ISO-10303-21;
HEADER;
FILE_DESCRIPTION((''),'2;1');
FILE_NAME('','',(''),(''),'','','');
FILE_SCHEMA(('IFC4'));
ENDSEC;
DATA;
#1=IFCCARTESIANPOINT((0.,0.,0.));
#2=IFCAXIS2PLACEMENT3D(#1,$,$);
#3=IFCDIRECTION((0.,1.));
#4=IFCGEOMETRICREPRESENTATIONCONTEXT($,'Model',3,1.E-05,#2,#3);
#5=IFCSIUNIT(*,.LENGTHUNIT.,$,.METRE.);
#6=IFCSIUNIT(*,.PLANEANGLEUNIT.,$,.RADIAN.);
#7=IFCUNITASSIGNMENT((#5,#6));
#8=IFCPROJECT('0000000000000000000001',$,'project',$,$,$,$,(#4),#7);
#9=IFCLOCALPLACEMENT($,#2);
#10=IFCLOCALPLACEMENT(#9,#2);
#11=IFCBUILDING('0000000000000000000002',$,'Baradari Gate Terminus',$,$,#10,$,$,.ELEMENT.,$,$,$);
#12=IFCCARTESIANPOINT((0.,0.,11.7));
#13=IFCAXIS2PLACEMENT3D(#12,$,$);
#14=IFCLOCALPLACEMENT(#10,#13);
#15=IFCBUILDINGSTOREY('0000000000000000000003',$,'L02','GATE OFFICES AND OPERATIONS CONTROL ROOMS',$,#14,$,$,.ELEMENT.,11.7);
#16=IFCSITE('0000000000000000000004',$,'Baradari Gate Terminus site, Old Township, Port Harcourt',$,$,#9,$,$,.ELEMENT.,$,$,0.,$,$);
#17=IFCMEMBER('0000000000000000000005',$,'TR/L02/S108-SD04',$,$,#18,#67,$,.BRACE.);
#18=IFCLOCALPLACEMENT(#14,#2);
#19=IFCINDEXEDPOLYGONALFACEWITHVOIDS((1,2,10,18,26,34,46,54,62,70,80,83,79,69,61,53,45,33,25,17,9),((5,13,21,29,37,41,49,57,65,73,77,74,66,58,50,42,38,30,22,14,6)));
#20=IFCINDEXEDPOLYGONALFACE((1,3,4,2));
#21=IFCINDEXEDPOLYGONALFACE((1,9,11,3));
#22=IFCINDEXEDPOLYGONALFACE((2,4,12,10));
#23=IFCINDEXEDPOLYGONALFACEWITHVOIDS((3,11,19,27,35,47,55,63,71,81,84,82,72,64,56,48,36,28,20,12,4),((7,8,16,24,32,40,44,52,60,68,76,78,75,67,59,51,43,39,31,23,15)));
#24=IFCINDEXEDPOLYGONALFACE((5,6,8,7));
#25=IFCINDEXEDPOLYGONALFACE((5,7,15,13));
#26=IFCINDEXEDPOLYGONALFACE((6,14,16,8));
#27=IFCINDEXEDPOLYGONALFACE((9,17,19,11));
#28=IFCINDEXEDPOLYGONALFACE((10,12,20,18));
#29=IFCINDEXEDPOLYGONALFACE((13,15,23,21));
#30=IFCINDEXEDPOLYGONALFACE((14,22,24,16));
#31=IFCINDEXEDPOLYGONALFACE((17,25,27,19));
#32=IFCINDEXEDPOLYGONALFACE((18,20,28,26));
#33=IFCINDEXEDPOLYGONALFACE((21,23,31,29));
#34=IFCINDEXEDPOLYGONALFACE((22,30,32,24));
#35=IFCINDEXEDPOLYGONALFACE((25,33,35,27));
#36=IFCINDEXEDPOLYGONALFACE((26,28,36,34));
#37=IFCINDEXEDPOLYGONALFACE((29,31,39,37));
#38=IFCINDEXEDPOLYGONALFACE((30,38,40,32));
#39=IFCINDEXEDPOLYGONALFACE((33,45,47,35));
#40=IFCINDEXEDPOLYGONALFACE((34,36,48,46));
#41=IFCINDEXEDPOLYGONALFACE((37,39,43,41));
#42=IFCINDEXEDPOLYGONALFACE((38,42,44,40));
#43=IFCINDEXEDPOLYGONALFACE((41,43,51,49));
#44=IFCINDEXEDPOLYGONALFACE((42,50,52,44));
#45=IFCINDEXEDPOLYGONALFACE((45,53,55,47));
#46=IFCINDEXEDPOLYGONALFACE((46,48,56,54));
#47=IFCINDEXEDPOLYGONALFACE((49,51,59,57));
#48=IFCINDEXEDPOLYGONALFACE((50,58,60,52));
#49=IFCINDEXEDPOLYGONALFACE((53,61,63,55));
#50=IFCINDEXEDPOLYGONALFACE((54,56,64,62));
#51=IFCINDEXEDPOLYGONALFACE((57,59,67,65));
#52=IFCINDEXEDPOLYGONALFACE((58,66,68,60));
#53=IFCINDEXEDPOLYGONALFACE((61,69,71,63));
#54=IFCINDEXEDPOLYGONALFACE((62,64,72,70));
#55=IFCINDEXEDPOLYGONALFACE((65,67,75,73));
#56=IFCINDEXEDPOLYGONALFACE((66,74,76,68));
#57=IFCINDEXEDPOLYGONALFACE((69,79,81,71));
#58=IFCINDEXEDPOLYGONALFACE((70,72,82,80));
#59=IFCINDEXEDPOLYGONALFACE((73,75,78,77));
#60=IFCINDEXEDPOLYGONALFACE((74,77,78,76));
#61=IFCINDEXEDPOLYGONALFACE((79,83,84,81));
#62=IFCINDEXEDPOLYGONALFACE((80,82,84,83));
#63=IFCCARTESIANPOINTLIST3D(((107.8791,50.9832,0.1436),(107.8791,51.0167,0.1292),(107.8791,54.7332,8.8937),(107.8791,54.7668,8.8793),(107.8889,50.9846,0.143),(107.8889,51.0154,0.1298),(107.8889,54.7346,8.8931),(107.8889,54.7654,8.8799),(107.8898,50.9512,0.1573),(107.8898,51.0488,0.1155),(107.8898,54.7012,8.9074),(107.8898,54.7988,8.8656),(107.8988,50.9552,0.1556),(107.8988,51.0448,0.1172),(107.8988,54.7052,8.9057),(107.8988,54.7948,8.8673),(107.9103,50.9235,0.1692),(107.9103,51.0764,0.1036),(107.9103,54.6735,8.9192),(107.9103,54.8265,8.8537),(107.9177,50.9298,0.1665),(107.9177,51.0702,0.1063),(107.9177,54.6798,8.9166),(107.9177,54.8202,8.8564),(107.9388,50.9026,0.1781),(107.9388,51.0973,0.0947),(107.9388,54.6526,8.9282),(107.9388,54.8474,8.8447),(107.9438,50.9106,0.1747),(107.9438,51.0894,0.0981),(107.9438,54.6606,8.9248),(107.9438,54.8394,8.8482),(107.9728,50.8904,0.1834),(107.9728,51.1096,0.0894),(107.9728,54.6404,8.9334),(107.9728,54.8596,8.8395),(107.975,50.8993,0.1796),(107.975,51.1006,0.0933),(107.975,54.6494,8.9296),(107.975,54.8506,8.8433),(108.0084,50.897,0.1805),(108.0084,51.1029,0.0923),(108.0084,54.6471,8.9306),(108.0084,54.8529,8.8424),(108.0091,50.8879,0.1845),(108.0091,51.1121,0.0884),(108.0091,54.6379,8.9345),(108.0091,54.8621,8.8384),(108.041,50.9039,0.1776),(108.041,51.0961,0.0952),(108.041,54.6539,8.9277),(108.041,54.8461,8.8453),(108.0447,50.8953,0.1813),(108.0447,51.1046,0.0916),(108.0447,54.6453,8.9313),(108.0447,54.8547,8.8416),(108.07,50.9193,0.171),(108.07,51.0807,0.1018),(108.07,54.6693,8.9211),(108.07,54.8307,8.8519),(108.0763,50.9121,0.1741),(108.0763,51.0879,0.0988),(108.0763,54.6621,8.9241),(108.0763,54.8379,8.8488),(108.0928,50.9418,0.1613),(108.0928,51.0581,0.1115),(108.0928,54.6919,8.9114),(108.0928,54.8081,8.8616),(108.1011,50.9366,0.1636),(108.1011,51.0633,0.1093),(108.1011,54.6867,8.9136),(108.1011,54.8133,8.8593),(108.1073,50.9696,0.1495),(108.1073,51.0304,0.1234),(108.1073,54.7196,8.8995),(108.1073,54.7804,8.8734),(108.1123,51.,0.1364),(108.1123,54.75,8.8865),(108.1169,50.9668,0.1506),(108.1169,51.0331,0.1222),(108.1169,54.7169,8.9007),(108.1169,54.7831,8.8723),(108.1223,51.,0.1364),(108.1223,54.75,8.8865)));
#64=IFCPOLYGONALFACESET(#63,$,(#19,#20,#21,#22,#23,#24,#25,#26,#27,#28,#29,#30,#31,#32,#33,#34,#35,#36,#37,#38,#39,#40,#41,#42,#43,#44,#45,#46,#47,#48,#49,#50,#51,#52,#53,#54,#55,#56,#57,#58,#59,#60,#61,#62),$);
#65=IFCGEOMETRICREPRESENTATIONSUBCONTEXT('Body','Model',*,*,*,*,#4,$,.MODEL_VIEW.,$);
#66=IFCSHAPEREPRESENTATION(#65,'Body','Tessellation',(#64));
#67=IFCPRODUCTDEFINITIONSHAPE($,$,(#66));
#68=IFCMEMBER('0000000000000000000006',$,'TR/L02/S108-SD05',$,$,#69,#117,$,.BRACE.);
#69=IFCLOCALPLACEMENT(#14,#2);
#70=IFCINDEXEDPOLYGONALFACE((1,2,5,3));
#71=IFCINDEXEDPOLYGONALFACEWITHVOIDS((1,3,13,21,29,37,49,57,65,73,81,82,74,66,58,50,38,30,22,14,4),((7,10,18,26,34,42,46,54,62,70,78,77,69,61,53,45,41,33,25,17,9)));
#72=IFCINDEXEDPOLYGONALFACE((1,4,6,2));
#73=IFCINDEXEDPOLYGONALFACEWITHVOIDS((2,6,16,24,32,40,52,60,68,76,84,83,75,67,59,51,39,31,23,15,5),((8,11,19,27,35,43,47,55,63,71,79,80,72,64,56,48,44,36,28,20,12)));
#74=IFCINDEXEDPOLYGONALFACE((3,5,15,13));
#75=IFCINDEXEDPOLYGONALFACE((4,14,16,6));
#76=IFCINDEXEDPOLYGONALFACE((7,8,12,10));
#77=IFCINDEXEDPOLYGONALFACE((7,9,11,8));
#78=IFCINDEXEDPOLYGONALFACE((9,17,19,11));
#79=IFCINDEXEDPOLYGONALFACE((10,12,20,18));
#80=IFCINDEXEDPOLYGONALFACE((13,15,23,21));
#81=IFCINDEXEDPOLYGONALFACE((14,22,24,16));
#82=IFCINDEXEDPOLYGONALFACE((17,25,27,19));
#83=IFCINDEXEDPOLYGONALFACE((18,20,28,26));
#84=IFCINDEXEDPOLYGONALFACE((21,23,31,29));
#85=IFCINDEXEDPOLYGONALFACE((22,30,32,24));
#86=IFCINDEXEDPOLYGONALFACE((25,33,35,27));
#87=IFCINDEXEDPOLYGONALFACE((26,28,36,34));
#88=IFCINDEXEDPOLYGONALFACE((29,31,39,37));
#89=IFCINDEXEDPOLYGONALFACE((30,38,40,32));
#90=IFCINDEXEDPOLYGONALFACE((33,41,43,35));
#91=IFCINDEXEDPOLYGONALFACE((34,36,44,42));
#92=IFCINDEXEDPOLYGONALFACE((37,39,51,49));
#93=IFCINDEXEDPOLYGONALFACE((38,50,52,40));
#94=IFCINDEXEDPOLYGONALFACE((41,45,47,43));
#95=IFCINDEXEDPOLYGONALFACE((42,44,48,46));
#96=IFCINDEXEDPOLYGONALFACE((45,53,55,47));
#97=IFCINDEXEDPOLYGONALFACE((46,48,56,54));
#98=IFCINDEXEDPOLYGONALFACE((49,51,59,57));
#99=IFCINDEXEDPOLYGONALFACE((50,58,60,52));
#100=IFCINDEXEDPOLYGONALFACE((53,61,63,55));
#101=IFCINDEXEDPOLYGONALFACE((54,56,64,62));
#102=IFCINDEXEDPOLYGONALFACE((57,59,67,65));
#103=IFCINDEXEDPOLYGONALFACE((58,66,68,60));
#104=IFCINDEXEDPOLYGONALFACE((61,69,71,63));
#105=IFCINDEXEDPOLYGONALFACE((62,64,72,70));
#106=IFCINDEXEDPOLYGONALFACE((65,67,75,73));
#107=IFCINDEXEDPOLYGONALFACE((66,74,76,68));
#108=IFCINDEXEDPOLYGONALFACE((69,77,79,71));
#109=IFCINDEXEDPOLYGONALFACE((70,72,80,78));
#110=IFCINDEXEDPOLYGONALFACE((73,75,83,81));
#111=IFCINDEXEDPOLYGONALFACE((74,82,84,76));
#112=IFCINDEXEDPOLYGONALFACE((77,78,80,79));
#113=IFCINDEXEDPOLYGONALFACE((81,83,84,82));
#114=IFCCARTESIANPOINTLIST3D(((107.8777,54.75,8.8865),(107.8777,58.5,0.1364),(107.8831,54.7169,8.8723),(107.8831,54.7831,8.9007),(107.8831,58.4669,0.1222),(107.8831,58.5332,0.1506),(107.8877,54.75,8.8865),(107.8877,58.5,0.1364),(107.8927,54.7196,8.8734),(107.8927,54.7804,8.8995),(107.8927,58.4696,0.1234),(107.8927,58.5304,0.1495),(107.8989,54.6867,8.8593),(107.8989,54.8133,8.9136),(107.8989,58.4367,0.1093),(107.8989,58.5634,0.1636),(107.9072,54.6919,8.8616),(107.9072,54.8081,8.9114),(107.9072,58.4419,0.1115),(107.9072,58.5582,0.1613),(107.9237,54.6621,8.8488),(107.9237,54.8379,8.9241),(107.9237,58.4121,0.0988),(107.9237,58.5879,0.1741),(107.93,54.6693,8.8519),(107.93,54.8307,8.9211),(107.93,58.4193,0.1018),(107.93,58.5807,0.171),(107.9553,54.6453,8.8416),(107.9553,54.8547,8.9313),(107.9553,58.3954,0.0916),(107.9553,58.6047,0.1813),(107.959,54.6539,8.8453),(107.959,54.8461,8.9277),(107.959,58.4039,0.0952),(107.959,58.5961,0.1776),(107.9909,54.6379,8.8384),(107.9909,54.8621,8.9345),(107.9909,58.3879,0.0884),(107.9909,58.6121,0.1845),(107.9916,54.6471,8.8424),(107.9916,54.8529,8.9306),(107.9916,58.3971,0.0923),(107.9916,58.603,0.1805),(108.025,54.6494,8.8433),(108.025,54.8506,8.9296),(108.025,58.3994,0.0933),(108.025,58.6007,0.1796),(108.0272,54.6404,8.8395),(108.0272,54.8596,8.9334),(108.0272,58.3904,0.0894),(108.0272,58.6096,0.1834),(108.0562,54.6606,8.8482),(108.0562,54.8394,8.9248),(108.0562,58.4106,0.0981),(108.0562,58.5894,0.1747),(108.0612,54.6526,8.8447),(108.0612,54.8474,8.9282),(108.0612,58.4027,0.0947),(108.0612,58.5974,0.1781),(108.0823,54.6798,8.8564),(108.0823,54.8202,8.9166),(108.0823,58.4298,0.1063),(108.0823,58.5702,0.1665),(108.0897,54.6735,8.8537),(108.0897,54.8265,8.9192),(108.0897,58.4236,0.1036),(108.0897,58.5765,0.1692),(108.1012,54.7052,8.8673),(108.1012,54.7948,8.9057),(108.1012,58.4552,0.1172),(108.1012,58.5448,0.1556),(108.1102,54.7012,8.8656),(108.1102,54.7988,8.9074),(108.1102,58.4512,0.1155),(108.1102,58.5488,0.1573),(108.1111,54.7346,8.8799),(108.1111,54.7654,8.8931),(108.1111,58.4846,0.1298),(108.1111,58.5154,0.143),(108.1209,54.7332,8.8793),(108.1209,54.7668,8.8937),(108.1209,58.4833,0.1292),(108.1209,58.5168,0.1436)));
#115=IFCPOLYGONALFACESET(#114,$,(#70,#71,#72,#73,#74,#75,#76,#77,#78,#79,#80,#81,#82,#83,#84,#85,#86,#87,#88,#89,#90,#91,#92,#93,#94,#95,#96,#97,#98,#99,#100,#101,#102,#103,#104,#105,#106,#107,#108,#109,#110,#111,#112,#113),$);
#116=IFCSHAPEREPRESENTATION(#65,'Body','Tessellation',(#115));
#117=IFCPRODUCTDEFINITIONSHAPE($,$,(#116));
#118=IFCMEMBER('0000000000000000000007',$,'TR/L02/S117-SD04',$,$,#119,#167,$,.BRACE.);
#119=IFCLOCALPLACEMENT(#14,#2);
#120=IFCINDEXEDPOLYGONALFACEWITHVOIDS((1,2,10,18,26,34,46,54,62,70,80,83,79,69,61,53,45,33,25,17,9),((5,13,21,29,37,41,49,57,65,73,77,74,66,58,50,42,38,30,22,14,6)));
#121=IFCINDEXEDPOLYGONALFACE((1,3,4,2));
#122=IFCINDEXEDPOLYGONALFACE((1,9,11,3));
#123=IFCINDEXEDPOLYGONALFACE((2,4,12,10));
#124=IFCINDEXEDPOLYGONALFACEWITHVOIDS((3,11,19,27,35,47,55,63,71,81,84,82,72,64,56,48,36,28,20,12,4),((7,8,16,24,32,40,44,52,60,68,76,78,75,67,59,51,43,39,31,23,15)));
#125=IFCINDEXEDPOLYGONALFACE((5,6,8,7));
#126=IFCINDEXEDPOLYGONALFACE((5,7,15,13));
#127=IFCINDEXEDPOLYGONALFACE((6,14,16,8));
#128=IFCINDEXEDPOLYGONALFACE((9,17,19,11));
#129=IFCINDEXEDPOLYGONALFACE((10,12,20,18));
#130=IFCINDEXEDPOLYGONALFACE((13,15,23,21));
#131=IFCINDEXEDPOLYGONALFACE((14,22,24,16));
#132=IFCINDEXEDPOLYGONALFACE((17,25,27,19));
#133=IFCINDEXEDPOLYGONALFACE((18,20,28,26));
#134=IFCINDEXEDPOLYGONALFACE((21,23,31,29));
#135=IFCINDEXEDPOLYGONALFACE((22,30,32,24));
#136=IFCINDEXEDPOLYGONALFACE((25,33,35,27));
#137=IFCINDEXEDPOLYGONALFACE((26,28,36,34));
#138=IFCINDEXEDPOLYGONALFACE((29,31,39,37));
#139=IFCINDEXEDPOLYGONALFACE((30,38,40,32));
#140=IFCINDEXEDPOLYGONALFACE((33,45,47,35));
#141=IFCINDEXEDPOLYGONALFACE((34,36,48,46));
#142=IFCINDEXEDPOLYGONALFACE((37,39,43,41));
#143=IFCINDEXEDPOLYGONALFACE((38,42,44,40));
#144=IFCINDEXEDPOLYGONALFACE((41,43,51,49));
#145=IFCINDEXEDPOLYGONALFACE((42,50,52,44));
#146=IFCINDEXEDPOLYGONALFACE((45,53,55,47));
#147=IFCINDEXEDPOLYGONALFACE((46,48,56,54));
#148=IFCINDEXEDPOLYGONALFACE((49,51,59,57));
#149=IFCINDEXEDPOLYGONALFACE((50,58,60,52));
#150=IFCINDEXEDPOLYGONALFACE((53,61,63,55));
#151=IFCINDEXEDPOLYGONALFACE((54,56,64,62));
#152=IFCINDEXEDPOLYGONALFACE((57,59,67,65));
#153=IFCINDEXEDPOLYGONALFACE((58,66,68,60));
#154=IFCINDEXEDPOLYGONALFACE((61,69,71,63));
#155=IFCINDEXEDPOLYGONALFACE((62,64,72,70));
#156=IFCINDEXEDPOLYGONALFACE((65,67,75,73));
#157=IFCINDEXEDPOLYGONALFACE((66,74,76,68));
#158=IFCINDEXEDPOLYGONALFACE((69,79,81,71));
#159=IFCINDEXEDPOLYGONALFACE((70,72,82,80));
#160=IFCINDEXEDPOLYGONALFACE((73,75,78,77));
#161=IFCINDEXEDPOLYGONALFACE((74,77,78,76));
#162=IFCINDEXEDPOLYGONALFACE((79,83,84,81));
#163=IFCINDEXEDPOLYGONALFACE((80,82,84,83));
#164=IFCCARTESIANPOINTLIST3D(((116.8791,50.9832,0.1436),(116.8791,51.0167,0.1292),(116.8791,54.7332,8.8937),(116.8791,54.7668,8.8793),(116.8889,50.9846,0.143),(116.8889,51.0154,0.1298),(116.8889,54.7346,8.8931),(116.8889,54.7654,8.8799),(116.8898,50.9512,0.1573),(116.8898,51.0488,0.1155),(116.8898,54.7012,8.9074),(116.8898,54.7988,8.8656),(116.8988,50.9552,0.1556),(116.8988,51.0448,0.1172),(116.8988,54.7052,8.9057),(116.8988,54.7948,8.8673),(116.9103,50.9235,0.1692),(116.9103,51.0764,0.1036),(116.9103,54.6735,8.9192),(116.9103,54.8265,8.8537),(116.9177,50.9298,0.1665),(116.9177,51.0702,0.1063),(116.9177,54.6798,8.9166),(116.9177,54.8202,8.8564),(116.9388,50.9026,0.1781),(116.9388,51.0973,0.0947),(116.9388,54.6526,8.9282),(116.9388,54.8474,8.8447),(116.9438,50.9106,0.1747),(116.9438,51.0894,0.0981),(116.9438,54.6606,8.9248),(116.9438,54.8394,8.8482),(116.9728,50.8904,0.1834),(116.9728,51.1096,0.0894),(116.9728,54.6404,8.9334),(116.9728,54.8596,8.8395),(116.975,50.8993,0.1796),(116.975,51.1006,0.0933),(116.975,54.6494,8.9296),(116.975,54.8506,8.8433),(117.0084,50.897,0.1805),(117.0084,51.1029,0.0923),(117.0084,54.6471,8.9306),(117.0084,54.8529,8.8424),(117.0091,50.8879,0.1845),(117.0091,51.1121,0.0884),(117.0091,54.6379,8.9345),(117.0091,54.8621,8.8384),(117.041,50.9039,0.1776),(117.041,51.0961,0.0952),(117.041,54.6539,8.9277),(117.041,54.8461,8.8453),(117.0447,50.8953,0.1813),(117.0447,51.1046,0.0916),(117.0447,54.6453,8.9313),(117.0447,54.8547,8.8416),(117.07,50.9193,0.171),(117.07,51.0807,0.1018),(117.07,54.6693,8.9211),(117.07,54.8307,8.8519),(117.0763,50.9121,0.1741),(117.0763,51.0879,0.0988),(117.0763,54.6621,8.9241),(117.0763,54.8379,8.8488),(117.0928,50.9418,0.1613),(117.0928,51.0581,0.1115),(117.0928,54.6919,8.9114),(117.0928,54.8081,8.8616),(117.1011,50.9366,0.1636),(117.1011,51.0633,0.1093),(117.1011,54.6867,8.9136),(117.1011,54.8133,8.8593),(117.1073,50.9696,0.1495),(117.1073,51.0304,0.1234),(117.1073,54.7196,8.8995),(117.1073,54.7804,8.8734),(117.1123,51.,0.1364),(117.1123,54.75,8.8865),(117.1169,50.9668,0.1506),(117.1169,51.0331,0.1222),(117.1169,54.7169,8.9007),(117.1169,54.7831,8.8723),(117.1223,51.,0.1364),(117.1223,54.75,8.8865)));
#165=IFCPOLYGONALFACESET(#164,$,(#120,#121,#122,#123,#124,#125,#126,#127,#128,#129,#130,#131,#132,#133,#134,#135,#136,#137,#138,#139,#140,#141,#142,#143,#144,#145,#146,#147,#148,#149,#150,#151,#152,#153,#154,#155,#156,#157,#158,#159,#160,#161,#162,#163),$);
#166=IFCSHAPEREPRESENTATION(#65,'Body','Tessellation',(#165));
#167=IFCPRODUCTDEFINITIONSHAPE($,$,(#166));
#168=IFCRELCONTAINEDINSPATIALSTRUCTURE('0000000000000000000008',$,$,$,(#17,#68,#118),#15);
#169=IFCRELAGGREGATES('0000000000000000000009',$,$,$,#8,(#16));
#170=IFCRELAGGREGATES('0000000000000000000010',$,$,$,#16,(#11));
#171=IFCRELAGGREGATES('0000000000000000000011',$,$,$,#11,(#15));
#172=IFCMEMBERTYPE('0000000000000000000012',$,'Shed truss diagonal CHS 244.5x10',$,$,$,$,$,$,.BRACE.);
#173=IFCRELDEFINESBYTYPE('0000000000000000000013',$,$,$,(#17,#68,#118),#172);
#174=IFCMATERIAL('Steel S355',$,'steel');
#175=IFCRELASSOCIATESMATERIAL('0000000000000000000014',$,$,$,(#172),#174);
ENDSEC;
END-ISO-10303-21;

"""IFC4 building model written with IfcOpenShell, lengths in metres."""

from ifc_helpers import new_model, si_unit, direction, frame, origin, origin_2d, place, context, subcontext, project, spatial, hollow_circle, extrude, material, material_profile, profile_set, type_object, element, save


model = new_model("IFC4")

# Units and contexts
model_context = context("Model", 3, precision=1e-05, world=origin(), true_north=direction((0.0, 1.0)))
body_context = subcontext(model_context, "Body", "Model", "MODEL_VIEW")
ifc_project = project(units=[si_unit("LENGTHUNIT", "METRE"), si_unit("PLANEANGLEUNIT", "RADIAN")], contexts=[model_context])

# Site, building, storey
site_placement = place(None, origin())
site = spatial("IfcSite", under=ifc_project, at=site_placement, Name="Baradari Gate Terminus site, Old Township, Port Harcourt", CompositionType="ELEMENT", RefElevation=0.0)
building_placement = place(site_placement, origin())
building = spatial("IfcBuilding", under=site, at=building_placement, Name="Baradari Gate Terminus", CompositionType="ELEMENT")
storey_placement = place(building_placement, frame((0.0, 0.0, 11.7)))
storey = spatial("IfcBuildingStorey", under=building, at=storey_placement, Name="L02", Description="GATE OFFICES AND OPERATIONS CONTROL ROOMS", CompositionType="ELEMENT", Elevation=11.7)

# Members
ifc_material_1 = material(Name="Steel S355", Category="steel")
ifc_material_profile_1 = material_profile(ifc_material_1, hollow_circle(Radius=0.1223, WallThickness=0.01, at=origin_2d()), Name="CHS 244.5x10")
ifc_profile_set_1 = profile_set([ifc_material_profile_1], Name="Steel S355")
member_type_1 = type_object("IfcMemberType", Name="Shed truss diagonal CHS 244.5x10", PredefinedType="BRACE", material=ifc_profile_set_1)
for number, where, z_axis, x_axis, name in (
    (1, (108.0, 54.75, 8.8865), (0.0, -0.393919, -0.919145), (1.0, 0.0, 0.0), "TR/L02/S108-SD04"),
    (2, (108.0, 54.75, 8.8865), (0.0, 0.393919, -0.919145), (-1.0, 0.0, 0.0), "TR/L02/S108-SD05"),
    (3, (117.0, 54.75, 8.8865), (0.0, -0.393919, -0.919145), (1.0, 0.0, 0.0), "TR/L02/S117-SD04"),
):
    element("IfcMember", number, at=place(storey_placement, frame(where, z_axis=z_axis, x_axis=x_axis)), inside=storey, type_object=member_type_1, Name=name, PredefinedType="BRACE", context=body_context, shape_type="SweptSolid", body=[
        extrude(hollow_circle(Radius=0.1223, WallThickness=0.01, at=origin_2d()), origin(), (0.0, 0.0, 1.0), 9.5198),
    ])

save(model, "model.ifc")
